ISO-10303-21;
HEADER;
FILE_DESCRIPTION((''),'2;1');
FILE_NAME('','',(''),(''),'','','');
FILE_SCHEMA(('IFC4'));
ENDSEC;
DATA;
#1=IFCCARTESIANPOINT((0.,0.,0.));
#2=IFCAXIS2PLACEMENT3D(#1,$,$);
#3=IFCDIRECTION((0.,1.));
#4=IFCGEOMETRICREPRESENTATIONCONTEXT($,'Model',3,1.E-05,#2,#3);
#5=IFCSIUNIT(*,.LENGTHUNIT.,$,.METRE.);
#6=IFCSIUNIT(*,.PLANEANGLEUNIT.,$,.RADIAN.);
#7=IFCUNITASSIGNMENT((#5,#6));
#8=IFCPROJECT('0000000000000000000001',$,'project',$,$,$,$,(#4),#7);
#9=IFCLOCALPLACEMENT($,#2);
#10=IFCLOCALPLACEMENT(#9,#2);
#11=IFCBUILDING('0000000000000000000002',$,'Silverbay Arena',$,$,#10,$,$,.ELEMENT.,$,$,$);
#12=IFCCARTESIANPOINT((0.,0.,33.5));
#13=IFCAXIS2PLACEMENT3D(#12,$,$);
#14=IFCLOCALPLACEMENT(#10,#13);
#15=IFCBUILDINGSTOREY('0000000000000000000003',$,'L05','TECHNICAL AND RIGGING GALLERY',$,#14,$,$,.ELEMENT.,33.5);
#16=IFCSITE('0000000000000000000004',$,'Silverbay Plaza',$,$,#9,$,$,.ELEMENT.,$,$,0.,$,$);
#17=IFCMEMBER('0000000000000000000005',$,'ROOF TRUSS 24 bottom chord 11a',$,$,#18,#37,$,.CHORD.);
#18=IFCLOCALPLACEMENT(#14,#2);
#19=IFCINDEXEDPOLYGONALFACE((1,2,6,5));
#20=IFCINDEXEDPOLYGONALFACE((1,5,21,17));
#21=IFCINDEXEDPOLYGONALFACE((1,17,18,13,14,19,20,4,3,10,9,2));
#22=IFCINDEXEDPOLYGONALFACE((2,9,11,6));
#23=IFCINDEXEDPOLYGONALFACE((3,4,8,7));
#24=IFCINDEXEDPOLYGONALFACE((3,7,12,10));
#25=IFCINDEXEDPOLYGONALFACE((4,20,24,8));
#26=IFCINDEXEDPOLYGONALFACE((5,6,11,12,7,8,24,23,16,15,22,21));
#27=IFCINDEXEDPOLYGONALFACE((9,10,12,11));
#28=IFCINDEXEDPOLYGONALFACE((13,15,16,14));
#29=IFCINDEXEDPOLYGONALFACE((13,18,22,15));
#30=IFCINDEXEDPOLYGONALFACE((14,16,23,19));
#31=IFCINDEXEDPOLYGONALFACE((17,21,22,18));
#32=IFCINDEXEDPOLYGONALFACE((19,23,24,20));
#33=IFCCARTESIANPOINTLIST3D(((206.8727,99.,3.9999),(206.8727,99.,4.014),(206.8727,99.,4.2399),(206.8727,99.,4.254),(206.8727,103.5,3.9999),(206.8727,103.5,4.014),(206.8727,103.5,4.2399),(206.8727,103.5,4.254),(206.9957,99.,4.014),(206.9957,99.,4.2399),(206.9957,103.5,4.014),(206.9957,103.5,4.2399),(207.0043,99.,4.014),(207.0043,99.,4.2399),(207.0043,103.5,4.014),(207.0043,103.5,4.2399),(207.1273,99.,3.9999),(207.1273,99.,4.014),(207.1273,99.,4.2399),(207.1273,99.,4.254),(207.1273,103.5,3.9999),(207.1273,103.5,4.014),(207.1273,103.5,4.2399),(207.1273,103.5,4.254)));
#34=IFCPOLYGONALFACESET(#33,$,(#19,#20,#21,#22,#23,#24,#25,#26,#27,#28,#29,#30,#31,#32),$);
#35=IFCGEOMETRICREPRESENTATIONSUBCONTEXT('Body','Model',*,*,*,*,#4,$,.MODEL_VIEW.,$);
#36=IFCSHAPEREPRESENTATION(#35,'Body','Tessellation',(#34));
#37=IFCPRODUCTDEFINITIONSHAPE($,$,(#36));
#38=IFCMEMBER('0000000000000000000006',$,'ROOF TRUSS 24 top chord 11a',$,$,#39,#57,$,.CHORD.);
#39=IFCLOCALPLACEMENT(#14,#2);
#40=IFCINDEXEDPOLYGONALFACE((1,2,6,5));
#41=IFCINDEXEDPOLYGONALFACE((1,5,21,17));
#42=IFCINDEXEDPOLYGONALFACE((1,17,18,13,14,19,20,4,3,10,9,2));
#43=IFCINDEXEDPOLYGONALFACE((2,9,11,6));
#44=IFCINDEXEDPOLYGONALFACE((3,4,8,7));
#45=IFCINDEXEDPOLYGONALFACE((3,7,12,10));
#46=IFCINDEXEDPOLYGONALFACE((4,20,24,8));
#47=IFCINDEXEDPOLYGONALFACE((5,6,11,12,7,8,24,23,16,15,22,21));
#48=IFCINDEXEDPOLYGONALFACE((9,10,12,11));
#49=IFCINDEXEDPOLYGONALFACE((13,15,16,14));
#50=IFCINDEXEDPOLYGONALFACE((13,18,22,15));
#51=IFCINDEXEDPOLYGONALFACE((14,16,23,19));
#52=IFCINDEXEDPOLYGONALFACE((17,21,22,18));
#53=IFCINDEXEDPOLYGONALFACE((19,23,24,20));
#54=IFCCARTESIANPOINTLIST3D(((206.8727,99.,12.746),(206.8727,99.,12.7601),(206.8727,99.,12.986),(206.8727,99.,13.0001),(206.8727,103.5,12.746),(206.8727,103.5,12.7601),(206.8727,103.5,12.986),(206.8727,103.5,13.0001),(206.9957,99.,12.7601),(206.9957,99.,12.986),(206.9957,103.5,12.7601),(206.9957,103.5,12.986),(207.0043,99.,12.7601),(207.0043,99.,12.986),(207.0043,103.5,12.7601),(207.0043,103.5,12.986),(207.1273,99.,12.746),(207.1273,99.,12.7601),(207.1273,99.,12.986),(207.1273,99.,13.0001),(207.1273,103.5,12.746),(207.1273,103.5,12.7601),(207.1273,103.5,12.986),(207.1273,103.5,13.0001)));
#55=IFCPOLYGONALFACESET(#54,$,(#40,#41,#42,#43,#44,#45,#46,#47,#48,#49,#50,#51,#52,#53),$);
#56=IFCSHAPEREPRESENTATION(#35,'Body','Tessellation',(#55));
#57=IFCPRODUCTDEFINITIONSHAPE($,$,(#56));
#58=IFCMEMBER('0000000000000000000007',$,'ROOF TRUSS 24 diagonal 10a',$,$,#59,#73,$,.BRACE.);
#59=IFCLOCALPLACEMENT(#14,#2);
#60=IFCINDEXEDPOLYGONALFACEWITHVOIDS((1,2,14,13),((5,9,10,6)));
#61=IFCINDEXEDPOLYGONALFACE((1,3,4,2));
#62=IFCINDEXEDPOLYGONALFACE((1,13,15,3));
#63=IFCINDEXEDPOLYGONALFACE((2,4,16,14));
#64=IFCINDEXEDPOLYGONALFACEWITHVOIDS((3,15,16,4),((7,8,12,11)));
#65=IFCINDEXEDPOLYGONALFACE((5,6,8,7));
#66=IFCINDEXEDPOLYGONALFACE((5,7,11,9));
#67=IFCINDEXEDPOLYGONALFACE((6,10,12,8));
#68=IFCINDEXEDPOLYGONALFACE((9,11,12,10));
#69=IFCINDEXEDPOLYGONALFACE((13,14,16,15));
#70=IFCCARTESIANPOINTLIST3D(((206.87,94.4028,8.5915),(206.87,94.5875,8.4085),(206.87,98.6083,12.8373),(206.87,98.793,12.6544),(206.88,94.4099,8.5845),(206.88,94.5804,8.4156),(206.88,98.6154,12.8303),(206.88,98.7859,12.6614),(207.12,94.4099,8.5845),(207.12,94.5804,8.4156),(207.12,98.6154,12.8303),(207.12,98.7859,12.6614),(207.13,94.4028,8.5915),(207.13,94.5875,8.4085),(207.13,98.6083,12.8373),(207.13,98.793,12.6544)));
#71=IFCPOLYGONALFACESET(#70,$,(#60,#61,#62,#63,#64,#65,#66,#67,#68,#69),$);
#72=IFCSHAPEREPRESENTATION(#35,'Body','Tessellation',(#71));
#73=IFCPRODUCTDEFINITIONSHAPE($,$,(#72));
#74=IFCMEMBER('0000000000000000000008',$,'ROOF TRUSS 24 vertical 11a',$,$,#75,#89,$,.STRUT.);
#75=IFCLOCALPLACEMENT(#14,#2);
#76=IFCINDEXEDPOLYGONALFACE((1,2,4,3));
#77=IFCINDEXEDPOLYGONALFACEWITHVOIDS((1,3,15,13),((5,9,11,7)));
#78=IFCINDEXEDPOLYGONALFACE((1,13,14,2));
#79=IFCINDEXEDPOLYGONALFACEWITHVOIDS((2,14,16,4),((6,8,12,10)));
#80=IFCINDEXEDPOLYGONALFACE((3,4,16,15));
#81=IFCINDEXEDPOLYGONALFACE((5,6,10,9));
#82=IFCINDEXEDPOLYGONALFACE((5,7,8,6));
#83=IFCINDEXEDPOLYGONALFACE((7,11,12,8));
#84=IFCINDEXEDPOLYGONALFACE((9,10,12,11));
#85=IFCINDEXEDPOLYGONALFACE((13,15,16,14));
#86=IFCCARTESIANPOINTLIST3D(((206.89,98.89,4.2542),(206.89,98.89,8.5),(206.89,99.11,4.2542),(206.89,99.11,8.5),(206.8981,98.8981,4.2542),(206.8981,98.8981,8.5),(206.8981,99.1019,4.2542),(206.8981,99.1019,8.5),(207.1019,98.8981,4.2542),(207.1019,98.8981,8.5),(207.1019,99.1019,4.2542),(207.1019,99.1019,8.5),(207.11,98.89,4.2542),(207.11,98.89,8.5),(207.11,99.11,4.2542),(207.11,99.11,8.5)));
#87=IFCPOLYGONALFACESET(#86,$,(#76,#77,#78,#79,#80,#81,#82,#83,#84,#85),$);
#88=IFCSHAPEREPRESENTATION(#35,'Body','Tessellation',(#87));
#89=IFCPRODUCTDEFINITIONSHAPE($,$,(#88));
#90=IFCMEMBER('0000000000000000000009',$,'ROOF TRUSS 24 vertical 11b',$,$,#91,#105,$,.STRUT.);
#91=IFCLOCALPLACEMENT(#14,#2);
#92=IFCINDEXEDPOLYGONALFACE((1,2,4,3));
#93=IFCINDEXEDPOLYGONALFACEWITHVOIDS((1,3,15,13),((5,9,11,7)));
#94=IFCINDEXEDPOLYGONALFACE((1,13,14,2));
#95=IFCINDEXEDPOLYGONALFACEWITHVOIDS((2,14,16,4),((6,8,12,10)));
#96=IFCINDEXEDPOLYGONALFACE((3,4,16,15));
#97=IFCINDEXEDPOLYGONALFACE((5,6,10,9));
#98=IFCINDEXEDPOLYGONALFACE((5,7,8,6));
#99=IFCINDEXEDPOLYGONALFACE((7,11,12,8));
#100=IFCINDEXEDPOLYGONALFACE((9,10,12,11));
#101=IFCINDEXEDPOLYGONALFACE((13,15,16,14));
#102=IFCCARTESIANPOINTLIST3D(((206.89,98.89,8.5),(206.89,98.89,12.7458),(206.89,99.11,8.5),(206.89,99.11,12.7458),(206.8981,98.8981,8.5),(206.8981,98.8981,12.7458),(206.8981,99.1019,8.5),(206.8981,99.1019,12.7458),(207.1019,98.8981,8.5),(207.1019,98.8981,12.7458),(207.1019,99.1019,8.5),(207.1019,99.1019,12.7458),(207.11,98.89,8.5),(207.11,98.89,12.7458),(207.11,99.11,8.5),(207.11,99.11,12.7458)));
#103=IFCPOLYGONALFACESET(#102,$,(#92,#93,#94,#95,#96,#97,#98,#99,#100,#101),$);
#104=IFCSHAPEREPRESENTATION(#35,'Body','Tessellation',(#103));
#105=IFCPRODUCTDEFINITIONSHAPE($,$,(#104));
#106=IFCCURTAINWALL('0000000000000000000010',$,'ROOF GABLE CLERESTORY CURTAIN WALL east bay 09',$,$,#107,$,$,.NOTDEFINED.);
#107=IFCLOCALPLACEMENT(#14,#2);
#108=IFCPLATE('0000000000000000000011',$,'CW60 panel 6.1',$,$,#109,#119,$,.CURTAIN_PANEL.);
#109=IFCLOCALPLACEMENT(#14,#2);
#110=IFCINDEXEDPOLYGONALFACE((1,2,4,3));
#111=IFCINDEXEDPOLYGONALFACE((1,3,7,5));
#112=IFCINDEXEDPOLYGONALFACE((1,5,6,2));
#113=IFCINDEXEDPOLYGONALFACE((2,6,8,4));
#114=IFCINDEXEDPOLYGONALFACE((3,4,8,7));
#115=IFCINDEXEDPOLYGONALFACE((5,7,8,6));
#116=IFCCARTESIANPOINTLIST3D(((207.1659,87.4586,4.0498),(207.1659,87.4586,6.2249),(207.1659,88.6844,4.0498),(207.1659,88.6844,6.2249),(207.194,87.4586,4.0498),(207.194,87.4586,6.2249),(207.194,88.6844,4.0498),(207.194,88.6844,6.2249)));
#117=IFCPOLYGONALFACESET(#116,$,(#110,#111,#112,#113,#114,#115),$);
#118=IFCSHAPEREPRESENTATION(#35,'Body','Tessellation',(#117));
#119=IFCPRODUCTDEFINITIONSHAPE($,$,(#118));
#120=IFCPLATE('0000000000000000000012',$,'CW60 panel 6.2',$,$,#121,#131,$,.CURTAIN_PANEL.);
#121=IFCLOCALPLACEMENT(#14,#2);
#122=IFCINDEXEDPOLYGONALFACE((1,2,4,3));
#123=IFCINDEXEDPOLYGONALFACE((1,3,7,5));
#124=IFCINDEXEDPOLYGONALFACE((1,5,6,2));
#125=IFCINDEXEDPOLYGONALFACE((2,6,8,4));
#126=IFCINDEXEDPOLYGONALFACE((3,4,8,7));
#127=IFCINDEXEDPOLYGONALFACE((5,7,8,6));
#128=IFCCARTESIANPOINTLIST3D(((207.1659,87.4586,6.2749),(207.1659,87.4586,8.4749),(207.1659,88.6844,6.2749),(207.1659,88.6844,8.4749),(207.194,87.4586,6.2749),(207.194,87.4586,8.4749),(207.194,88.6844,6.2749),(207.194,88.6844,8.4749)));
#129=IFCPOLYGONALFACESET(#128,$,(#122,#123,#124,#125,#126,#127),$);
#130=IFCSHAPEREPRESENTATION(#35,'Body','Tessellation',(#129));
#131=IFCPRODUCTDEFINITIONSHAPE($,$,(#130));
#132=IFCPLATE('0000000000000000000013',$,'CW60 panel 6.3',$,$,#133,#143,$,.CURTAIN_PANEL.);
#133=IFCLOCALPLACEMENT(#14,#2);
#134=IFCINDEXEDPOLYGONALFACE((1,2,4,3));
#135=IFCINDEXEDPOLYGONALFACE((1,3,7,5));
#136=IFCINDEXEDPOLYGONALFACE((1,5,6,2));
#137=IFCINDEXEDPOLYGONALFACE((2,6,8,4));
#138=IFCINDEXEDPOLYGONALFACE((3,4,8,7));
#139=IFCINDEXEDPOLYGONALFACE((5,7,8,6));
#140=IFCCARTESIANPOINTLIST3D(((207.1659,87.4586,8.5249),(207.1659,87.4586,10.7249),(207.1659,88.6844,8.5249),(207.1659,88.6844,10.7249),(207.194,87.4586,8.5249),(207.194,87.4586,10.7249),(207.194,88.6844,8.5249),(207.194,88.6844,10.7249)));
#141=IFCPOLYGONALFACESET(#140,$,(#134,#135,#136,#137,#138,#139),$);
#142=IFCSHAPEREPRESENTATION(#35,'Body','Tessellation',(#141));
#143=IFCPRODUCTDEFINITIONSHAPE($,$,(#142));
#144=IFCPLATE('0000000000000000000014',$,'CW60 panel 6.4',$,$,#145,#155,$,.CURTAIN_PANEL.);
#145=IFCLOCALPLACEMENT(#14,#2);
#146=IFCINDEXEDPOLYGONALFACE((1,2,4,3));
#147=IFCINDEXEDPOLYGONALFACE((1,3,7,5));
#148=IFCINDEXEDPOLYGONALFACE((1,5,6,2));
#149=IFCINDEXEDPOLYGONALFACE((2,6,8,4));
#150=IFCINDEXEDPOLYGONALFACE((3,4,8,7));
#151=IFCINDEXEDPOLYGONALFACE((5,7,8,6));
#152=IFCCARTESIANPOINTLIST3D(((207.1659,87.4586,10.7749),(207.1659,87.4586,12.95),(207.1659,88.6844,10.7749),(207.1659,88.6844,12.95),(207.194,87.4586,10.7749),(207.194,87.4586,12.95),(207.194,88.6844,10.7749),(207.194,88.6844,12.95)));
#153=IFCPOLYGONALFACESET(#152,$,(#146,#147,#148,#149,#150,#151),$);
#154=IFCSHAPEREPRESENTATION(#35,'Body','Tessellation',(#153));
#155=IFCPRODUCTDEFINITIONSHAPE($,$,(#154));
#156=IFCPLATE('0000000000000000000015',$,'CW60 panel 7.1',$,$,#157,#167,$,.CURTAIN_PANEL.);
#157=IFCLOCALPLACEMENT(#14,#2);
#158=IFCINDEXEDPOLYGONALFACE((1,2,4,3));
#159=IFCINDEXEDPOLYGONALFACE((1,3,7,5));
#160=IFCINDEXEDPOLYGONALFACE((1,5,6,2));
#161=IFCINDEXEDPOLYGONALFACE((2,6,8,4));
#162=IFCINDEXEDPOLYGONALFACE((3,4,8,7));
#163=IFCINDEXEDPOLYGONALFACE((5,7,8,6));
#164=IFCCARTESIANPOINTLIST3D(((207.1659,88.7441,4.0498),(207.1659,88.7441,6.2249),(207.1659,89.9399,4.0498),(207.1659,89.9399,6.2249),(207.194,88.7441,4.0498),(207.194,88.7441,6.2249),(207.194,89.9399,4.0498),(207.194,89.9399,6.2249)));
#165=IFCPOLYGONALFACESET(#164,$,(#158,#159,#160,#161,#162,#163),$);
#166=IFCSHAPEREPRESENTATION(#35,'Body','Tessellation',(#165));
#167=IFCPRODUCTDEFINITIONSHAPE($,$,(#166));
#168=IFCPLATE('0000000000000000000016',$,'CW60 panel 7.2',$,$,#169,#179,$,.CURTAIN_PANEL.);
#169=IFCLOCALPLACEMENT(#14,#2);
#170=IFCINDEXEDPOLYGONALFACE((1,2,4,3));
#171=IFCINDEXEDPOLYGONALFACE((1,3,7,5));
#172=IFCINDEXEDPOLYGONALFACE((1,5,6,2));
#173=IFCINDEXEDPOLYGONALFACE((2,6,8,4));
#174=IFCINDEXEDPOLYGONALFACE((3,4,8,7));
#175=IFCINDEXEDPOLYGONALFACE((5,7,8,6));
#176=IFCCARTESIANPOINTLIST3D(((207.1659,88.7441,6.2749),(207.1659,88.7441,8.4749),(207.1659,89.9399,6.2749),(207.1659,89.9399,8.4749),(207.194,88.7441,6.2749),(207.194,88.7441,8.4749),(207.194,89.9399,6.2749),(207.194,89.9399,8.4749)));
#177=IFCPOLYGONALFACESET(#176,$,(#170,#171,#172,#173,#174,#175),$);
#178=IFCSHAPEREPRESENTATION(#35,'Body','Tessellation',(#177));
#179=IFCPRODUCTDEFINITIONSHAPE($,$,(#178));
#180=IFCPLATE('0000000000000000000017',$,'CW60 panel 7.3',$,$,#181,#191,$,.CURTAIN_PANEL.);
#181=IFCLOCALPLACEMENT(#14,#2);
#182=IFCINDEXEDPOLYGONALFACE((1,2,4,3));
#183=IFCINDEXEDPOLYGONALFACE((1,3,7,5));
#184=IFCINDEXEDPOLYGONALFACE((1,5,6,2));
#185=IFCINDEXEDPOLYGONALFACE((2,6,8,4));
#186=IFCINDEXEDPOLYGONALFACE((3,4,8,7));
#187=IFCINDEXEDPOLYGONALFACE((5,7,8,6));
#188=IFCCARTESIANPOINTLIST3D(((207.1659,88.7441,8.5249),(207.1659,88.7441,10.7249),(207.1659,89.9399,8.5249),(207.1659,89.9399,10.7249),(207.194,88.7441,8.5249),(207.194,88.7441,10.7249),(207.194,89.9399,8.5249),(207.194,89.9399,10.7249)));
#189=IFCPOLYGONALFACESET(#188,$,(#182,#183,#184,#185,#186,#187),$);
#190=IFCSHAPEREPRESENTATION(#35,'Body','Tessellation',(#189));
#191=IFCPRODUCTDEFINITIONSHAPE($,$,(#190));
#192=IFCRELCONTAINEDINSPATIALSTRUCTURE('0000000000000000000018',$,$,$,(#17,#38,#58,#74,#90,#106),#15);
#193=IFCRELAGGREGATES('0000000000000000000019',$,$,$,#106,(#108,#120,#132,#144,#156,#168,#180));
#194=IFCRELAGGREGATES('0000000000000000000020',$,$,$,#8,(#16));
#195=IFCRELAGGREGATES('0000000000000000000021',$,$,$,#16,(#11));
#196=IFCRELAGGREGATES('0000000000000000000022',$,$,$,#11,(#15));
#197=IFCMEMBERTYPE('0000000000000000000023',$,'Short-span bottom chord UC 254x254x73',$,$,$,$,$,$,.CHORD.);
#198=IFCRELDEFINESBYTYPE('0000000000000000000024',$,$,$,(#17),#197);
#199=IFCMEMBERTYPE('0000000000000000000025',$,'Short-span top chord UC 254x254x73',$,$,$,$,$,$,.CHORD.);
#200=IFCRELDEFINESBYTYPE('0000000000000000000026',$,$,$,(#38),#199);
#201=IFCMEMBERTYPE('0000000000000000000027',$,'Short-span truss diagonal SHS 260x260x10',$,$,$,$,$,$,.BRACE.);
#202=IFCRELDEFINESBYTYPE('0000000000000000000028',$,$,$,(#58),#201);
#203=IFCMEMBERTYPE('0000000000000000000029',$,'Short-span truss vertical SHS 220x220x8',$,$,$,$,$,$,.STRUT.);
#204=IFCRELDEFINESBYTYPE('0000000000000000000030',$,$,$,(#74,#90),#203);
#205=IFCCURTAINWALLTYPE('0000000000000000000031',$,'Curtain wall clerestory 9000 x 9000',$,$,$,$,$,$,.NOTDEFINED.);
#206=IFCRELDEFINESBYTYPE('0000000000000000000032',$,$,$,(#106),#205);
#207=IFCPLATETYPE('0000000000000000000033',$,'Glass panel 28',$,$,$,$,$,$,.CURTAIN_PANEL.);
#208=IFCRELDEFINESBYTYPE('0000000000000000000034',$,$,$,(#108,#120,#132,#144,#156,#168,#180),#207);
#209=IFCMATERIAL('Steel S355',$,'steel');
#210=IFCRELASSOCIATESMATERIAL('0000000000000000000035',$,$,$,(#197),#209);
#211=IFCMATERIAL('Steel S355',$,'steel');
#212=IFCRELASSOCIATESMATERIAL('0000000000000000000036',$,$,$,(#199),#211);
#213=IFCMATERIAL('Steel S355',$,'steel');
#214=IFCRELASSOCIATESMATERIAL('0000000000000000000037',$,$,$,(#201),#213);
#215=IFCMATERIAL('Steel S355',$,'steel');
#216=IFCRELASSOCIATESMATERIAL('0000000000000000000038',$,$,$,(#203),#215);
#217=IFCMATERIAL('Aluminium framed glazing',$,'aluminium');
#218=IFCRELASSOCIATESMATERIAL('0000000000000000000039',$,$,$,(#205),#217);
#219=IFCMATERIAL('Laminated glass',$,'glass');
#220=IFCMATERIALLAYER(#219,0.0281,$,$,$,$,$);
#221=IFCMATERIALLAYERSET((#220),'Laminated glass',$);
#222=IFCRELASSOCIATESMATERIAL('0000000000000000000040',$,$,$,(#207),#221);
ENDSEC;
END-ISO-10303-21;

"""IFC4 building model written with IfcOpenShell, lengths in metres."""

from ifc_helpers import new_model, si_unit, direction, frame, origin, origin_2d, place, context, subcontext, project, spatial, rectangle, hollow_rectangle, i_section, extrude, material, layer, layer_set, material_profile, profile_set, type_object, element, aggregate, save


model = new_model("IFC4")

# Units and contexts
model_context = context("Model", 3, precision=1e-05, world=origin(), true_north=direction((0.0, 1.0)))
body_context = subcontext(model_context, "Body", "Model", "MODEL_VIEW")
ifc_project = project(units=[si_unit("LENGTHUNIT", "METRE"), si_unit("PLANEANGLEUNIT", "RADIAN")], contexts=[model_context])

# Site, building, storey
site_placement = place(None, origin())
site = spatial("IfcSite", under=ifc_project, at=site_placement, Name="Silverbay Plaza", CompositionType="ELEMENT", RefElevation=0.0)
building_placement = place(site_placement, origin())
building = spatial("IfcBuilding", under=site, at=building_placement, Name="Silverbay Arena", CompositionType="ELEMENT")
storey_placement = place(building_placement, frame((0.0, 0.0, 33.5)))
storey = spatial("IfcBuildingStorey", under=building, at=storey_placement, Name="L05", Description="TECHNICAL AND RIGGING GALLERY", CompositionType="ELEMENT", Elevation=33.5)

# Members
ifc_material_1 = material(Name="Steel S355", Category="steel")
ifc_material_profile_1 = material_profile(ifc_material_1, i_section(OverallWidth=0.2546, OverallDepth=0.2542, WebThickness=0.0085, FlangeThickness=0.0142, at=origin_2d()), Name="UC 254x254x73")
ifc_profile_set_1 = profile_set([ifc_material_profile_1], Name="Steel S355")
member_type_1 = type_object("IfcMemberType", Name="Short-span bottom chord UC 254x254x73", PredefinedType="CHORD", material=ifc_profile_set_1)
member_1_placement = place(storey_placement, frame((207.0, 99.0, 4.127), z_axis=(0.0, 1.0, 0.0), x_axis=(-1.0, 0.0, 0.0)))
element("IfcMember", 1, at=member_1_placement, inside=storey, type_object=member_type_1, Name="ROOF TRUSS 24 bottom chord 11a", PredefinedType="CHORD", context=body_context, shape_type="SweptSolid", body=[
    extrude(i_section(OverallWidth=0.2546, OverallDepth=0.2542, WebThickness=0.0085, FlangeThickness=0.0142, at=origin_2d()), origin(), (0.0, 0.0, 1.0), 4.5),
])
ifc_material_2 = material(Name="Steel S355", Category="steel")
ifc_material_profile_2 = material_profile(ifc_material_2, i_section(OverallWidth=0.2546, OverallDepth=0.2542, WebThickness=0.0085, FlangeThickness=0.0142, at=origin_2d()), Name="UC 254x254x73")
ifc_profile_set_2 = profile_set([ifc_material_profile_2], Name="Steel S355")
member_type_2 = type_object("IfcMemberType", Name="Short-span top chord UC 254x254x73", PredefinedType="CHORD", material=ifc_profile_set_2)
member_2_placement = place(storey_placement, frame((207.0, 99.0, 12.873), z_axis=(0.0, 1.0, 0.0), x_axis=(-1.0, 0.0, 0.0)))
element("IfcMember", 2, at=member_2_placement, inside=storey, type_object=member_type_2, Name="ROOF TRUSS 24 top chord 11a", PredefinedType="CHORD", context=body_context, shape_type="SweptSolid", body=[
    extrude(i_section(OverallWidth=0.2546, OverallDepth=0.2542, WebThickness=0.0085, FlangeThickness=0.0142, at=origin_2d()), origin(), (0.0, 0.0, 1.0), 4.5),
])
ifc_material_3 = material(Name="Steel S355", Category="steel")
ifc_material_profile_3 = material_profile(ifc_material_3, hollow_rectangle(XDim=0.26, YDim=0.26, WallThickness=0.01, at=origin_2d()), Name="SHS 260x260x10")
ifc_profile_set_3 = profile_set([ifc_material_profile_3], Name="Steel S355")
member_type_3 = type_object("IfcMemberType", Name="Short-span truss diagonal SHS 260x260x10", PredefinedType="BRACE", material=ifc_profile_set_3)
member_3_placement = place(storey_placement, frame((207.0, 98.7007, 12.7458), z_axis=(0.0, -0.703728, -0.710469), x_axis=(1.0, 0.0, 0.0)))
element("IfcMember", 3, at=member_3_placement, inside=storey, type_object=member_type_3, Name="ROOF TRUSS 24 diagonal 10a", PredefinedType="BRACE", context=body_context, shape_type="SweptSolid", body=[
    extrude(hollow_rectangle(XDim=0.26, YDim=0.26, WallThickness=0.01, at=origin_2d()), origin(), (0.0, 0.0, 1.0), 5.9761),
])
ifc_material_4 = material(Name="Steel S355", Category="steel")
ifc_material_profile_4 = material_profile(ifc_material_4, hollow_rectangle(XDim=0.22, YDim=0.22, WallThickness=0.0081, at=origin_2d()), Name="SHS 220x220x8")
ifc_profile_set_4 = profile_set([ifc_material_profile_4], Name="Steel S355")
member_type_4 = type_object("IfcMemberType", Name="Short-span truss vertical SHS 220x220x8", PredefinedType="STRUT", material=ifc_profile_set_4)
for number, where, z_axis, x_axis, name in (
    (4, (207.0, 99.0, 4.2542), (0.0, 0.0, 1.0), (1.0, 0.0, 0.0), "ROOF TRUSS 24 vertical 11a"),
    (5, (207.0, 99.0, 8.5), (0.0, 0.0, 1.0), (1.0, 0.0, 0.0), "ROOF TRUSS 24 vertical 11b"),
):
    element("IfcMember", number, at=place(storey_placement, frame(where, z_axis=z_axis, x_axis=x_axis)), inside=storey, type_object=member_type_4, Name=name, PredefinedType="STRUT", context=body_context, shape_type="SweptSolid", body=[
        extrude(hollow_rectangle(XDim=0.22, YDim=0.22, WallThickness=0.0081, at=origin_2d()), origin(), (0.0, 0.0, 1.0), 4.2458),
    ])

# Curtain wall, plates
ifc_material_5 = material(Name="Aluminium framed glazing", Category="aluminium")
curtain_wall_type = type_object("IfcCurtainWallType", Name="Curtain wall clerestory 9000 x 9000", PredefinedType="NOTDEFINED", material=ifc_material_5)
curtain_wall_placement = place(storey_placement, origin())
curtain_wall = element("IfcCurtainWall", 6, at=curtain_wall_placement, inside=storey, type_object=curtain_wall_type, Name="ROOF GABLE CLERESTORY CURTAIN WALL east bay 09", PredefinedType="NOTDEFINED")
ifc_material_6 = material(Name="Laminated glass", Category="glass")
ifc_layer = layer(ifc_material_6, 0.0281)
ifc_layer_set = layer_set([ifc_layer], Name="Laminated glass")
plate_type = type_object("IfcPlateType", Name="Glass panel 28", PredefinedType="CURTAIN_PANEL", material=ifc_layer_set)
plate_1_placement = place(storey_placement, frame((207.1799, 88.0715, 4.0498), z_axis=(0.0, 0.0, 1.0), x_axis=(0.0, 1.0, 0.0)))
plate_1 = element("IfcPlate", 7, at=plate_1_placement, type_object=plate_type, Name="CW60 panel 6.1", PredefinedType="CURTAIN_PANEL", context=body_context, shape_type="SweptSolid", body=[
    extrude(rectangle(XDim=1.2258, YDim=0.0281, at=origin_2d()), origin(), (0.0, 0.0, 1.0), 2.175),
])
plate_2_placement = place(storey_placement, frame((207.1799, 88.0715, 6.2749), z_axis=(0.0, 0.0, 1.0), x_axis=(0.0, 1.0, 0.0)))
plate_2 = element("IfcPlate", 8, at=plate_2_placement, type_object=plate_type, Name="CW60 panel 6.2", PredefinedType="CURTAIN_PANEL", context=body_context, shape_type="SweptSolid", body=[
    extrude(rectangle(XDim=1.2258, YDim=0.0281, at=origin_2d()), origin(), (0.0, 0.0, 1.0), 2.2),
])
plate_3_placement = place(storey_placement, frame((207.1799, 88.0715, 8.5249), z_axis=(0.0, 0.0, 1.0), x_axis=(0.0, 1.0, 0.0)))
plate_3 = element("IfcPlate", 9, at=plate_3_placement, type_object=plate_type, Name="CW60 panel 6.3", PredefinedType="CURTAIN_PANEL", context=body_context, shape_type="SweptSolid", body=[
    extrude(rectangle(XDim=1.2258, YDim=0.0281, at=origin_2d()), origin(), (0.0, 0.0, 1.0), 2.2),
])
plate_4_placement = place(storey_placement, frame((207.1799, 88.0715, 10.7749), z_axis=(0.0, 0.0, 1.0), x_axis=(0.0, 1.0, 0.0)))
plate_4 = element("IfcPlate", 10, at=plate_4_placement, type_object=plate_type, Name="CW60 panel 6.4", PredefinedType="CURTAIN_PANEL", context=body_context, shape_type="SweptSolid", body=[
    extrude(rectangle(XDim=1.2258, YDim=0.0281, at=origin_2d()), origin(), (0.0, 0.0, 1.0), 2.175),
])
plate_5_placement = place(storey_placement, frame((207.1799, 89.342, 4.0498), z_axis=(0.0, 0.0, 1.0), x_axis=(0.0, 1.0, 0.0)))
plate_5 = element("IfcPlate", 11, at=plate_5_placement, type_object=plate_type, Name="CW60 panel 7.1", PredefinedType="CURTAIN_PANEL", context=body_context, shape_type="SweptSolid", body=[
    extrude(rectangle(XDim=1.1958, YDim=0.0281, at=origin_2d()), origin(), (0.0, 0.0, 1.0), 2.175),
])
plate_6_placement = place(storey_placement, frame((207.1799, 89.342, 6.2749), z_axis=(0.0, 0.0, 1.0), x_axis=(0.0, 1.0, 0.0)))
plate_6 = element("IfcPlate", 12, at=plate_6_placement, type_object=plate_type, Name="CW60 panel 7.2", PredefinedType="CURTAIN_PANEL", context=body_context, shape_type="SweptSolid", body=[
    extrude(rectangle(XDim=1.1958, YDim=0.0281, at=origin_2d()), origin(), (0.0, 0.0, 1.0), 2.2),
])
plate_7_placement = place(storey_placement, frame((207.1799, 89.342, 8.5249), z_axis=(0.0, 0.0, 1.0), x_axis=(0.0, 1.0, 0.0)))
plate_7 = element("IfcPlate", 13, at=plate_7_placement, type_object=plate_type, Name="CW60 panel 7.3", PredefinedType="CURTAIN_PANEL", context=body_context, shape_type="SweptSolid", body=[
    extrude(rectangle(XDim=1.1958, YDim=0.0281, at=origin_2d()), origin(), (0.0, 0.0, 1.0), 2.2),
])
aggregate(curtain_wall, [plate_1, plate_2, plate_3, plate_4, plate_5, plate_6, plate_7])

save(model, "model.ifc")
